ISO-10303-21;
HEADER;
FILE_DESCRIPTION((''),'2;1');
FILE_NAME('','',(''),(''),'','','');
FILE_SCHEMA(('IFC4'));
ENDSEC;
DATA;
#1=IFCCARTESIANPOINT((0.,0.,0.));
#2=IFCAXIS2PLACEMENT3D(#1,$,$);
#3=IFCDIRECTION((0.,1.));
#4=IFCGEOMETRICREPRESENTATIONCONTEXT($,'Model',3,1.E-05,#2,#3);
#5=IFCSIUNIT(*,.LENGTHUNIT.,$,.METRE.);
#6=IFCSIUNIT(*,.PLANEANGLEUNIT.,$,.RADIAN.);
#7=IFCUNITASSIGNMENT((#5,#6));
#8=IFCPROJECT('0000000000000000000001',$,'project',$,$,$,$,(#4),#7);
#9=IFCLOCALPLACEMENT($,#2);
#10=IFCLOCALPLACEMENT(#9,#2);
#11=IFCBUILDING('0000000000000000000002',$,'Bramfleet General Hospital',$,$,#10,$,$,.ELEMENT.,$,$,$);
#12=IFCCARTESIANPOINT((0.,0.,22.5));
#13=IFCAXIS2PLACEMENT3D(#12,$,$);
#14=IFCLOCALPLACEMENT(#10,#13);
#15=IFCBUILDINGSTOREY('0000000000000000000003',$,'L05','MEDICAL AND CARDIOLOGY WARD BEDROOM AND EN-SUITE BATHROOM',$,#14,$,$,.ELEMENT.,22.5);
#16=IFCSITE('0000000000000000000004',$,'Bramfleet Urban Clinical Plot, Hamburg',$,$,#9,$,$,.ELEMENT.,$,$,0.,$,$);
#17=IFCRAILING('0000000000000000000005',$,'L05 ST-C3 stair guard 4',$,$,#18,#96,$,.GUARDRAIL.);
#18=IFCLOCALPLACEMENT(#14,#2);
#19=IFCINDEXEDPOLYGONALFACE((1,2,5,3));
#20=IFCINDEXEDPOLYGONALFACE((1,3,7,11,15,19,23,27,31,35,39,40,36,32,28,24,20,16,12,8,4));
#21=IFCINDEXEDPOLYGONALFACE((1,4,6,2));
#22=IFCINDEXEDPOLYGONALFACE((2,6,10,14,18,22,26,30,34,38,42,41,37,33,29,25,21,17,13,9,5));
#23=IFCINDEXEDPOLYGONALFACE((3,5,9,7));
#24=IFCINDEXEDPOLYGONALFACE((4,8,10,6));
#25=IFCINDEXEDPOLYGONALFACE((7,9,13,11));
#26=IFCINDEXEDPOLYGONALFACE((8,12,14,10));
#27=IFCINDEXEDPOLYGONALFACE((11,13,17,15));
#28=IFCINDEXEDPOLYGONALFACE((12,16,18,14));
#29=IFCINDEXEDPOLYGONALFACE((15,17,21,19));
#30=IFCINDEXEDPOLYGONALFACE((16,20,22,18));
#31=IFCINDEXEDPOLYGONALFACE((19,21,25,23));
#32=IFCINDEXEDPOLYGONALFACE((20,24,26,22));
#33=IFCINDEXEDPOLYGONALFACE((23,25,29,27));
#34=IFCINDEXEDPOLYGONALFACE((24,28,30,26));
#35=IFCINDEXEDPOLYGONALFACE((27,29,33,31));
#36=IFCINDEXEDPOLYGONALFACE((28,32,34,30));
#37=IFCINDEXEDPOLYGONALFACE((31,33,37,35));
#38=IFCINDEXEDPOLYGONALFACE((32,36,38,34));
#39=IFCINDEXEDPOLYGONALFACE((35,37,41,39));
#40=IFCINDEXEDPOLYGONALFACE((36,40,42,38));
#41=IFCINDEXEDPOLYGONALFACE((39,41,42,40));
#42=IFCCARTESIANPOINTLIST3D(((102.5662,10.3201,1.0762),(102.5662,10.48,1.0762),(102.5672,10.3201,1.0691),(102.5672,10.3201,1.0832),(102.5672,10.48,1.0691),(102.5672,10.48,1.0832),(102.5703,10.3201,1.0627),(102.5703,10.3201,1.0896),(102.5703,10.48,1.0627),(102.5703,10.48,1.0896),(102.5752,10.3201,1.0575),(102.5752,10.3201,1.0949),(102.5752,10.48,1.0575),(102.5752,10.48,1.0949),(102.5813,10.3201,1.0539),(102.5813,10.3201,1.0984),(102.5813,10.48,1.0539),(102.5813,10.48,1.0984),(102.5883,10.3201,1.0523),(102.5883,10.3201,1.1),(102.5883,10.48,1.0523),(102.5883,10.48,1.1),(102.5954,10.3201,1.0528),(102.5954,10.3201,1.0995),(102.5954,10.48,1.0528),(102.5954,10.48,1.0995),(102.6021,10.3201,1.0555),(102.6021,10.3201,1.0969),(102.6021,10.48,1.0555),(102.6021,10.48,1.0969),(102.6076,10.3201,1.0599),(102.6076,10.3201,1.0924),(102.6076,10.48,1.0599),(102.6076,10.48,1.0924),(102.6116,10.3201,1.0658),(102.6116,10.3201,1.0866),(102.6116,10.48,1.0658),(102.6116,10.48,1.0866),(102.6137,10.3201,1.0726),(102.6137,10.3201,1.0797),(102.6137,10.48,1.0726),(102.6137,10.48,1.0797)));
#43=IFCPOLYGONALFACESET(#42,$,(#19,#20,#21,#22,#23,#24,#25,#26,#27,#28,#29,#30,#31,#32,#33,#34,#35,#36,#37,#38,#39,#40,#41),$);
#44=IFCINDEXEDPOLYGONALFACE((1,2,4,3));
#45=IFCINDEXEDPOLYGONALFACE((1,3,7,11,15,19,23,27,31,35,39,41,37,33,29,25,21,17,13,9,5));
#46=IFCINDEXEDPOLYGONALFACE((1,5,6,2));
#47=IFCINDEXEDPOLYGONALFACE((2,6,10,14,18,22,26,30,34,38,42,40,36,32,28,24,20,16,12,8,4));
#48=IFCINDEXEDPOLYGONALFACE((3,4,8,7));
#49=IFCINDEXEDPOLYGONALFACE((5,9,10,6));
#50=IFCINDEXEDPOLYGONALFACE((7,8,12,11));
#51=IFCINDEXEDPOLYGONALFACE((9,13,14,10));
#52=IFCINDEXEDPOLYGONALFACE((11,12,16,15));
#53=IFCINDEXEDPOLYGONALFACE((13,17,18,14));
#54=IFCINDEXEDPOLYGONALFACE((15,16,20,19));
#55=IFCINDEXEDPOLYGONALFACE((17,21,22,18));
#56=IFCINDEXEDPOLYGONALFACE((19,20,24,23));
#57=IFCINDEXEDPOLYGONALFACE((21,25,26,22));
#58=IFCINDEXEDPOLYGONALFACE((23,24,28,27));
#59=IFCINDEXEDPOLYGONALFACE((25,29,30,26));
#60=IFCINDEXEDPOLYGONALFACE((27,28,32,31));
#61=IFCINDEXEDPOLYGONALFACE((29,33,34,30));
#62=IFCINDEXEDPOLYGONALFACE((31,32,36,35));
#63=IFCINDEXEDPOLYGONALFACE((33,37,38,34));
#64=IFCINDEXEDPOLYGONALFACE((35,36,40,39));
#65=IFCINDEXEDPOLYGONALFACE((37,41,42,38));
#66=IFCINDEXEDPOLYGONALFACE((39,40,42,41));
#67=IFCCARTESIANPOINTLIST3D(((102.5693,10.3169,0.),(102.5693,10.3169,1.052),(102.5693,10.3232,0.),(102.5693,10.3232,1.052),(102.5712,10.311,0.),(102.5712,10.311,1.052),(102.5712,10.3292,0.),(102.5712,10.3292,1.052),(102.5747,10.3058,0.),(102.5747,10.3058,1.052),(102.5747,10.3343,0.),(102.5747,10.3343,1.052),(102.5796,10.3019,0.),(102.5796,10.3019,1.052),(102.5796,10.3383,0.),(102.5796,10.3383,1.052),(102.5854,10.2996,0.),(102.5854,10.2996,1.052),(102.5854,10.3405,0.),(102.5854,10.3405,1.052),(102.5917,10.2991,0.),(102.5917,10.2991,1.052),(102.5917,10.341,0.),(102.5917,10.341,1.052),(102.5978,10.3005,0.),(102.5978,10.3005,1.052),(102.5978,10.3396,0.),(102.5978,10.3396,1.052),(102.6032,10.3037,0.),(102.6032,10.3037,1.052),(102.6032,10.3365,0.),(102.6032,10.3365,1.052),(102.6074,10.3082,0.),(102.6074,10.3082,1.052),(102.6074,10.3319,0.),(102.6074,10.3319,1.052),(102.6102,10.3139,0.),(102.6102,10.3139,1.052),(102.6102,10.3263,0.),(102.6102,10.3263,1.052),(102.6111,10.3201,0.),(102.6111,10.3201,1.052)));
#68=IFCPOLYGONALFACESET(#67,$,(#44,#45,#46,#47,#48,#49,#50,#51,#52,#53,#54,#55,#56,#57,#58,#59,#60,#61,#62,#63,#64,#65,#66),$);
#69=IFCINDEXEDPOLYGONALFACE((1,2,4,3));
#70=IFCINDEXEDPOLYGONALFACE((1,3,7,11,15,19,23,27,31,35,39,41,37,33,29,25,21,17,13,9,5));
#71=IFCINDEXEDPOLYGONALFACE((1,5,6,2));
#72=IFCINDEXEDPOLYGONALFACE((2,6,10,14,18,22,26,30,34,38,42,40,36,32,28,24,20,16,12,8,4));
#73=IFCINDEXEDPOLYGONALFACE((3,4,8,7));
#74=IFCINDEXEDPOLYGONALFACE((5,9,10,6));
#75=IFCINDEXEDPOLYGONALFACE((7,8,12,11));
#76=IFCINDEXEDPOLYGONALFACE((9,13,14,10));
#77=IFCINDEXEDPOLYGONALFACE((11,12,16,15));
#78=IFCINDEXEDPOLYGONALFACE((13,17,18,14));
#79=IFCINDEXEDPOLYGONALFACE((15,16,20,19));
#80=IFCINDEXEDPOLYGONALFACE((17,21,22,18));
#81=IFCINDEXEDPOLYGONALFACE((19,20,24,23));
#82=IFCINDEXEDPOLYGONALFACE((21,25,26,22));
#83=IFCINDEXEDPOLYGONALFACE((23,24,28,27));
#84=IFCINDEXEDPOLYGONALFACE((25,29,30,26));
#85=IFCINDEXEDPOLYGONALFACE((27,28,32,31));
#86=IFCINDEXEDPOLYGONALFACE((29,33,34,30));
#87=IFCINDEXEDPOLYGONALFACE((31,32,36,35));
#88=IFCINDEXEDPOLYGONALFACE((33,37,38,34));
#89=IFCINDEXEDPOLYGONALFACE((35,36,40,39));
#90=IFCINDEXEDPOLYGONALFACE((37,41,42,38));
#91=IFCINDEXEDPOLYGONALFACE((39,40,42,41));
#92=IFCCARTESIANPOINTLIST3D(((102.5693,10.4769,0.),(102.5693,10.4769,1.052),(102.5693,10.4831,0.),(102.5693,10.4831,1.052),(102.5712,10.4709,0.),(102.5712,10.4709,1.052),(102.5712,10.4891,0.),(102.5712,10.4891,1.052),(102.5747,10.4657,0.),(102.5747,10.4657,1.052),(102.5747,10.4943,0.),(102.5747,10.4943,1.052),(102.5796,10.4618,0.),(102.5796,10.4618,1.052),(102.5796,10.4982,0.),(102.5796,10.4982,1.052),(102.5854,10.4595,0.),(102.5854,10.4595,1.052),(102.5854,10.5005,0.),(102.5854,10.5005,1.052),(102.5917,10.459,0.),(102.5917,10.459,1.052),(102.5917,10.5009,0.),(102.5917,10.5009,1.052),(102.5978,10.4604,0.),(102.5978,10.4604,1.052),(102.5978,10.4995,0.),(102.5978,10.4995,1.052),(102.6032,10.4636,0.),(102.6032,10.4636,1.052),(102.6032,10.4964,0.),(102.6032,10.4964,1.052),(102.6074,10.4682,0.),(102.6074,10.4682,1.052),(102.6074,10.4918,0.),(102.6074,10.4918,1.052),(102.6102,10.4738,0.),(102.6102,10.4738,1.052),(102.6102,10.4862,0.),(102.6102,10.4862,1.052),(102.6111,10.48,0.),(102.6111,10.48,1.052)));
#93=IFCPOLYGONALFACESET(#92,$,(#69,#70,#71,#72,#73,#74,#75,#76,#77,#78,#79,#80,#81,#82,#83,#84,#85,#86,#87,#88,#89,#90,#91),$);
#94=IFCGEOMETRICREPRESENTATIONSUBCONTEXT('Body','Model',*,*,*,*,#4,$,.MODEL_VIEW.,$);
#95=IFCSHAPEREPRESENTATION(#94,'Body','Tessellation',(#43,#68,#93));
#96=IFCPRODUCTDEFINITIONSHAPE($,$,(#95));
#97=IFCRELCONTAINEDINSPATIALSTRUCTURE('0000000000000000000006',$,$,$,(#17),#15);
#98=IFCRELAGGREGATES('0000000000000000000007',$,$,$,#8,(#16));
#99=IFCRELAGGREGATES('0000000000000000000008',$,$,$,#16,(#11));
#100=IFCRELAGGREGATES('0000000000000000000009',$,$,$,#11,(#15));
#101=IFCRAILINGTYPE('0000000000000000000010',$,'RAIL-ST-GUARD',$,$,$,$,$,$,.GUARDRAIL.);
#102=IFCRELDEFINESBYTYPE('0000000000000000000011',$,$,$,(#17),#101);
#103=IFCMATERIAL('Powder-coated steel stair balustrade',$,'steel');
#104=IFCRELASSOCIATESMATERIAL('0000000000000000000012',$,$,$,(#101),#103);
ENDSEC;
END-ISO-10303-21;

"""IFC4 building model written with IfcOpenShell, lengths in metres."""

from ifc_helpers import new_model, si_unit, direction, frame, origin, origin_2d, place, context, subcontext, project, spatial, circle, extrude, material, type_object, element, save


model = new_model("IFC4")

# Units and contexts
model_context = context("Model", 3, precision=1e-05, world=origin(), true_north=direction((0.0, 1.0)))
body_context = subcontext(model_context, "Body", "Model", "MODEL_VIEW")
ifc_project = project(units=[si_unit("LENGTHUNIT", "METRE"), si_unit("PLANEANGLEUNIT", "RADIAN")], contexts=[model_context])

# Site, building, storey
site_placement = place(None, origin())
site = spatial("IfcSite", under=ifc_project, at=site_placement, Name="Bramfleet Urban Clinical Plot, Hamburg", CompositionType="ELEMENT", RefElevation=0.0)
building_placement = place(site_placement, origin())
building = spatial("IfcBuilding", under=site, at=building_placement, Name="Bramfleet General Hospital", CompositionType="ELEMENT")
storey_placement = place(building_placement, frame((0.0, 0.0, 22.5)))
storey = spatial("IfcBuildingStorey", under=building, at=storey_placement, Name="L05", Description="MEDICAL AND CARDIOLOGY WARD BEDROOM AND EN-SUITE BATHROOM", CompositionType="ELEMENT", Elevation=22.5)

# Railing
ifc_material_1 = material(Name="Powder-coated steel stair balustrade", Category="steel")
railing_type_1 = type_object("IfcRailingType", Name="RAIL-ST-GUARD", PredefinedType="GUARDRAIL", material=ifc_material_1)
railing_1_placement = place(storey_placement, frame((102.5901, 10.3201, 0.0)))
element("IfcRailing", 1, at=railing_1_placement, inside=storey, type_object=railing_type_1, Name="L05 ST-C3 stair guard 4", PredefinedType="GUARDRAIL", context=body_context, shape_type="SweptSolid", body=[
    extrude(circle(Radius=0.0239, at=origin_2d()), frame((0.0, 0.0, 1.0762), z_axis=(0.0, 1.0, 0.0), x_axis=(-1.0, 0.0, 0.0)), (0.0, 0.0, 1.0), 0.1599),
    extrude(circle(Radius=0.021, at=origin_2d()), origin(), (0.0, 0.0, 1.0), 1.052),
    extrude(circle(Radius=0.021, at=origin_2d()), frame((0.0, 0.1599, 0.0)), (0.0, 0.0, 1.0), 1.052),
])

save(model, "model.ifc")
